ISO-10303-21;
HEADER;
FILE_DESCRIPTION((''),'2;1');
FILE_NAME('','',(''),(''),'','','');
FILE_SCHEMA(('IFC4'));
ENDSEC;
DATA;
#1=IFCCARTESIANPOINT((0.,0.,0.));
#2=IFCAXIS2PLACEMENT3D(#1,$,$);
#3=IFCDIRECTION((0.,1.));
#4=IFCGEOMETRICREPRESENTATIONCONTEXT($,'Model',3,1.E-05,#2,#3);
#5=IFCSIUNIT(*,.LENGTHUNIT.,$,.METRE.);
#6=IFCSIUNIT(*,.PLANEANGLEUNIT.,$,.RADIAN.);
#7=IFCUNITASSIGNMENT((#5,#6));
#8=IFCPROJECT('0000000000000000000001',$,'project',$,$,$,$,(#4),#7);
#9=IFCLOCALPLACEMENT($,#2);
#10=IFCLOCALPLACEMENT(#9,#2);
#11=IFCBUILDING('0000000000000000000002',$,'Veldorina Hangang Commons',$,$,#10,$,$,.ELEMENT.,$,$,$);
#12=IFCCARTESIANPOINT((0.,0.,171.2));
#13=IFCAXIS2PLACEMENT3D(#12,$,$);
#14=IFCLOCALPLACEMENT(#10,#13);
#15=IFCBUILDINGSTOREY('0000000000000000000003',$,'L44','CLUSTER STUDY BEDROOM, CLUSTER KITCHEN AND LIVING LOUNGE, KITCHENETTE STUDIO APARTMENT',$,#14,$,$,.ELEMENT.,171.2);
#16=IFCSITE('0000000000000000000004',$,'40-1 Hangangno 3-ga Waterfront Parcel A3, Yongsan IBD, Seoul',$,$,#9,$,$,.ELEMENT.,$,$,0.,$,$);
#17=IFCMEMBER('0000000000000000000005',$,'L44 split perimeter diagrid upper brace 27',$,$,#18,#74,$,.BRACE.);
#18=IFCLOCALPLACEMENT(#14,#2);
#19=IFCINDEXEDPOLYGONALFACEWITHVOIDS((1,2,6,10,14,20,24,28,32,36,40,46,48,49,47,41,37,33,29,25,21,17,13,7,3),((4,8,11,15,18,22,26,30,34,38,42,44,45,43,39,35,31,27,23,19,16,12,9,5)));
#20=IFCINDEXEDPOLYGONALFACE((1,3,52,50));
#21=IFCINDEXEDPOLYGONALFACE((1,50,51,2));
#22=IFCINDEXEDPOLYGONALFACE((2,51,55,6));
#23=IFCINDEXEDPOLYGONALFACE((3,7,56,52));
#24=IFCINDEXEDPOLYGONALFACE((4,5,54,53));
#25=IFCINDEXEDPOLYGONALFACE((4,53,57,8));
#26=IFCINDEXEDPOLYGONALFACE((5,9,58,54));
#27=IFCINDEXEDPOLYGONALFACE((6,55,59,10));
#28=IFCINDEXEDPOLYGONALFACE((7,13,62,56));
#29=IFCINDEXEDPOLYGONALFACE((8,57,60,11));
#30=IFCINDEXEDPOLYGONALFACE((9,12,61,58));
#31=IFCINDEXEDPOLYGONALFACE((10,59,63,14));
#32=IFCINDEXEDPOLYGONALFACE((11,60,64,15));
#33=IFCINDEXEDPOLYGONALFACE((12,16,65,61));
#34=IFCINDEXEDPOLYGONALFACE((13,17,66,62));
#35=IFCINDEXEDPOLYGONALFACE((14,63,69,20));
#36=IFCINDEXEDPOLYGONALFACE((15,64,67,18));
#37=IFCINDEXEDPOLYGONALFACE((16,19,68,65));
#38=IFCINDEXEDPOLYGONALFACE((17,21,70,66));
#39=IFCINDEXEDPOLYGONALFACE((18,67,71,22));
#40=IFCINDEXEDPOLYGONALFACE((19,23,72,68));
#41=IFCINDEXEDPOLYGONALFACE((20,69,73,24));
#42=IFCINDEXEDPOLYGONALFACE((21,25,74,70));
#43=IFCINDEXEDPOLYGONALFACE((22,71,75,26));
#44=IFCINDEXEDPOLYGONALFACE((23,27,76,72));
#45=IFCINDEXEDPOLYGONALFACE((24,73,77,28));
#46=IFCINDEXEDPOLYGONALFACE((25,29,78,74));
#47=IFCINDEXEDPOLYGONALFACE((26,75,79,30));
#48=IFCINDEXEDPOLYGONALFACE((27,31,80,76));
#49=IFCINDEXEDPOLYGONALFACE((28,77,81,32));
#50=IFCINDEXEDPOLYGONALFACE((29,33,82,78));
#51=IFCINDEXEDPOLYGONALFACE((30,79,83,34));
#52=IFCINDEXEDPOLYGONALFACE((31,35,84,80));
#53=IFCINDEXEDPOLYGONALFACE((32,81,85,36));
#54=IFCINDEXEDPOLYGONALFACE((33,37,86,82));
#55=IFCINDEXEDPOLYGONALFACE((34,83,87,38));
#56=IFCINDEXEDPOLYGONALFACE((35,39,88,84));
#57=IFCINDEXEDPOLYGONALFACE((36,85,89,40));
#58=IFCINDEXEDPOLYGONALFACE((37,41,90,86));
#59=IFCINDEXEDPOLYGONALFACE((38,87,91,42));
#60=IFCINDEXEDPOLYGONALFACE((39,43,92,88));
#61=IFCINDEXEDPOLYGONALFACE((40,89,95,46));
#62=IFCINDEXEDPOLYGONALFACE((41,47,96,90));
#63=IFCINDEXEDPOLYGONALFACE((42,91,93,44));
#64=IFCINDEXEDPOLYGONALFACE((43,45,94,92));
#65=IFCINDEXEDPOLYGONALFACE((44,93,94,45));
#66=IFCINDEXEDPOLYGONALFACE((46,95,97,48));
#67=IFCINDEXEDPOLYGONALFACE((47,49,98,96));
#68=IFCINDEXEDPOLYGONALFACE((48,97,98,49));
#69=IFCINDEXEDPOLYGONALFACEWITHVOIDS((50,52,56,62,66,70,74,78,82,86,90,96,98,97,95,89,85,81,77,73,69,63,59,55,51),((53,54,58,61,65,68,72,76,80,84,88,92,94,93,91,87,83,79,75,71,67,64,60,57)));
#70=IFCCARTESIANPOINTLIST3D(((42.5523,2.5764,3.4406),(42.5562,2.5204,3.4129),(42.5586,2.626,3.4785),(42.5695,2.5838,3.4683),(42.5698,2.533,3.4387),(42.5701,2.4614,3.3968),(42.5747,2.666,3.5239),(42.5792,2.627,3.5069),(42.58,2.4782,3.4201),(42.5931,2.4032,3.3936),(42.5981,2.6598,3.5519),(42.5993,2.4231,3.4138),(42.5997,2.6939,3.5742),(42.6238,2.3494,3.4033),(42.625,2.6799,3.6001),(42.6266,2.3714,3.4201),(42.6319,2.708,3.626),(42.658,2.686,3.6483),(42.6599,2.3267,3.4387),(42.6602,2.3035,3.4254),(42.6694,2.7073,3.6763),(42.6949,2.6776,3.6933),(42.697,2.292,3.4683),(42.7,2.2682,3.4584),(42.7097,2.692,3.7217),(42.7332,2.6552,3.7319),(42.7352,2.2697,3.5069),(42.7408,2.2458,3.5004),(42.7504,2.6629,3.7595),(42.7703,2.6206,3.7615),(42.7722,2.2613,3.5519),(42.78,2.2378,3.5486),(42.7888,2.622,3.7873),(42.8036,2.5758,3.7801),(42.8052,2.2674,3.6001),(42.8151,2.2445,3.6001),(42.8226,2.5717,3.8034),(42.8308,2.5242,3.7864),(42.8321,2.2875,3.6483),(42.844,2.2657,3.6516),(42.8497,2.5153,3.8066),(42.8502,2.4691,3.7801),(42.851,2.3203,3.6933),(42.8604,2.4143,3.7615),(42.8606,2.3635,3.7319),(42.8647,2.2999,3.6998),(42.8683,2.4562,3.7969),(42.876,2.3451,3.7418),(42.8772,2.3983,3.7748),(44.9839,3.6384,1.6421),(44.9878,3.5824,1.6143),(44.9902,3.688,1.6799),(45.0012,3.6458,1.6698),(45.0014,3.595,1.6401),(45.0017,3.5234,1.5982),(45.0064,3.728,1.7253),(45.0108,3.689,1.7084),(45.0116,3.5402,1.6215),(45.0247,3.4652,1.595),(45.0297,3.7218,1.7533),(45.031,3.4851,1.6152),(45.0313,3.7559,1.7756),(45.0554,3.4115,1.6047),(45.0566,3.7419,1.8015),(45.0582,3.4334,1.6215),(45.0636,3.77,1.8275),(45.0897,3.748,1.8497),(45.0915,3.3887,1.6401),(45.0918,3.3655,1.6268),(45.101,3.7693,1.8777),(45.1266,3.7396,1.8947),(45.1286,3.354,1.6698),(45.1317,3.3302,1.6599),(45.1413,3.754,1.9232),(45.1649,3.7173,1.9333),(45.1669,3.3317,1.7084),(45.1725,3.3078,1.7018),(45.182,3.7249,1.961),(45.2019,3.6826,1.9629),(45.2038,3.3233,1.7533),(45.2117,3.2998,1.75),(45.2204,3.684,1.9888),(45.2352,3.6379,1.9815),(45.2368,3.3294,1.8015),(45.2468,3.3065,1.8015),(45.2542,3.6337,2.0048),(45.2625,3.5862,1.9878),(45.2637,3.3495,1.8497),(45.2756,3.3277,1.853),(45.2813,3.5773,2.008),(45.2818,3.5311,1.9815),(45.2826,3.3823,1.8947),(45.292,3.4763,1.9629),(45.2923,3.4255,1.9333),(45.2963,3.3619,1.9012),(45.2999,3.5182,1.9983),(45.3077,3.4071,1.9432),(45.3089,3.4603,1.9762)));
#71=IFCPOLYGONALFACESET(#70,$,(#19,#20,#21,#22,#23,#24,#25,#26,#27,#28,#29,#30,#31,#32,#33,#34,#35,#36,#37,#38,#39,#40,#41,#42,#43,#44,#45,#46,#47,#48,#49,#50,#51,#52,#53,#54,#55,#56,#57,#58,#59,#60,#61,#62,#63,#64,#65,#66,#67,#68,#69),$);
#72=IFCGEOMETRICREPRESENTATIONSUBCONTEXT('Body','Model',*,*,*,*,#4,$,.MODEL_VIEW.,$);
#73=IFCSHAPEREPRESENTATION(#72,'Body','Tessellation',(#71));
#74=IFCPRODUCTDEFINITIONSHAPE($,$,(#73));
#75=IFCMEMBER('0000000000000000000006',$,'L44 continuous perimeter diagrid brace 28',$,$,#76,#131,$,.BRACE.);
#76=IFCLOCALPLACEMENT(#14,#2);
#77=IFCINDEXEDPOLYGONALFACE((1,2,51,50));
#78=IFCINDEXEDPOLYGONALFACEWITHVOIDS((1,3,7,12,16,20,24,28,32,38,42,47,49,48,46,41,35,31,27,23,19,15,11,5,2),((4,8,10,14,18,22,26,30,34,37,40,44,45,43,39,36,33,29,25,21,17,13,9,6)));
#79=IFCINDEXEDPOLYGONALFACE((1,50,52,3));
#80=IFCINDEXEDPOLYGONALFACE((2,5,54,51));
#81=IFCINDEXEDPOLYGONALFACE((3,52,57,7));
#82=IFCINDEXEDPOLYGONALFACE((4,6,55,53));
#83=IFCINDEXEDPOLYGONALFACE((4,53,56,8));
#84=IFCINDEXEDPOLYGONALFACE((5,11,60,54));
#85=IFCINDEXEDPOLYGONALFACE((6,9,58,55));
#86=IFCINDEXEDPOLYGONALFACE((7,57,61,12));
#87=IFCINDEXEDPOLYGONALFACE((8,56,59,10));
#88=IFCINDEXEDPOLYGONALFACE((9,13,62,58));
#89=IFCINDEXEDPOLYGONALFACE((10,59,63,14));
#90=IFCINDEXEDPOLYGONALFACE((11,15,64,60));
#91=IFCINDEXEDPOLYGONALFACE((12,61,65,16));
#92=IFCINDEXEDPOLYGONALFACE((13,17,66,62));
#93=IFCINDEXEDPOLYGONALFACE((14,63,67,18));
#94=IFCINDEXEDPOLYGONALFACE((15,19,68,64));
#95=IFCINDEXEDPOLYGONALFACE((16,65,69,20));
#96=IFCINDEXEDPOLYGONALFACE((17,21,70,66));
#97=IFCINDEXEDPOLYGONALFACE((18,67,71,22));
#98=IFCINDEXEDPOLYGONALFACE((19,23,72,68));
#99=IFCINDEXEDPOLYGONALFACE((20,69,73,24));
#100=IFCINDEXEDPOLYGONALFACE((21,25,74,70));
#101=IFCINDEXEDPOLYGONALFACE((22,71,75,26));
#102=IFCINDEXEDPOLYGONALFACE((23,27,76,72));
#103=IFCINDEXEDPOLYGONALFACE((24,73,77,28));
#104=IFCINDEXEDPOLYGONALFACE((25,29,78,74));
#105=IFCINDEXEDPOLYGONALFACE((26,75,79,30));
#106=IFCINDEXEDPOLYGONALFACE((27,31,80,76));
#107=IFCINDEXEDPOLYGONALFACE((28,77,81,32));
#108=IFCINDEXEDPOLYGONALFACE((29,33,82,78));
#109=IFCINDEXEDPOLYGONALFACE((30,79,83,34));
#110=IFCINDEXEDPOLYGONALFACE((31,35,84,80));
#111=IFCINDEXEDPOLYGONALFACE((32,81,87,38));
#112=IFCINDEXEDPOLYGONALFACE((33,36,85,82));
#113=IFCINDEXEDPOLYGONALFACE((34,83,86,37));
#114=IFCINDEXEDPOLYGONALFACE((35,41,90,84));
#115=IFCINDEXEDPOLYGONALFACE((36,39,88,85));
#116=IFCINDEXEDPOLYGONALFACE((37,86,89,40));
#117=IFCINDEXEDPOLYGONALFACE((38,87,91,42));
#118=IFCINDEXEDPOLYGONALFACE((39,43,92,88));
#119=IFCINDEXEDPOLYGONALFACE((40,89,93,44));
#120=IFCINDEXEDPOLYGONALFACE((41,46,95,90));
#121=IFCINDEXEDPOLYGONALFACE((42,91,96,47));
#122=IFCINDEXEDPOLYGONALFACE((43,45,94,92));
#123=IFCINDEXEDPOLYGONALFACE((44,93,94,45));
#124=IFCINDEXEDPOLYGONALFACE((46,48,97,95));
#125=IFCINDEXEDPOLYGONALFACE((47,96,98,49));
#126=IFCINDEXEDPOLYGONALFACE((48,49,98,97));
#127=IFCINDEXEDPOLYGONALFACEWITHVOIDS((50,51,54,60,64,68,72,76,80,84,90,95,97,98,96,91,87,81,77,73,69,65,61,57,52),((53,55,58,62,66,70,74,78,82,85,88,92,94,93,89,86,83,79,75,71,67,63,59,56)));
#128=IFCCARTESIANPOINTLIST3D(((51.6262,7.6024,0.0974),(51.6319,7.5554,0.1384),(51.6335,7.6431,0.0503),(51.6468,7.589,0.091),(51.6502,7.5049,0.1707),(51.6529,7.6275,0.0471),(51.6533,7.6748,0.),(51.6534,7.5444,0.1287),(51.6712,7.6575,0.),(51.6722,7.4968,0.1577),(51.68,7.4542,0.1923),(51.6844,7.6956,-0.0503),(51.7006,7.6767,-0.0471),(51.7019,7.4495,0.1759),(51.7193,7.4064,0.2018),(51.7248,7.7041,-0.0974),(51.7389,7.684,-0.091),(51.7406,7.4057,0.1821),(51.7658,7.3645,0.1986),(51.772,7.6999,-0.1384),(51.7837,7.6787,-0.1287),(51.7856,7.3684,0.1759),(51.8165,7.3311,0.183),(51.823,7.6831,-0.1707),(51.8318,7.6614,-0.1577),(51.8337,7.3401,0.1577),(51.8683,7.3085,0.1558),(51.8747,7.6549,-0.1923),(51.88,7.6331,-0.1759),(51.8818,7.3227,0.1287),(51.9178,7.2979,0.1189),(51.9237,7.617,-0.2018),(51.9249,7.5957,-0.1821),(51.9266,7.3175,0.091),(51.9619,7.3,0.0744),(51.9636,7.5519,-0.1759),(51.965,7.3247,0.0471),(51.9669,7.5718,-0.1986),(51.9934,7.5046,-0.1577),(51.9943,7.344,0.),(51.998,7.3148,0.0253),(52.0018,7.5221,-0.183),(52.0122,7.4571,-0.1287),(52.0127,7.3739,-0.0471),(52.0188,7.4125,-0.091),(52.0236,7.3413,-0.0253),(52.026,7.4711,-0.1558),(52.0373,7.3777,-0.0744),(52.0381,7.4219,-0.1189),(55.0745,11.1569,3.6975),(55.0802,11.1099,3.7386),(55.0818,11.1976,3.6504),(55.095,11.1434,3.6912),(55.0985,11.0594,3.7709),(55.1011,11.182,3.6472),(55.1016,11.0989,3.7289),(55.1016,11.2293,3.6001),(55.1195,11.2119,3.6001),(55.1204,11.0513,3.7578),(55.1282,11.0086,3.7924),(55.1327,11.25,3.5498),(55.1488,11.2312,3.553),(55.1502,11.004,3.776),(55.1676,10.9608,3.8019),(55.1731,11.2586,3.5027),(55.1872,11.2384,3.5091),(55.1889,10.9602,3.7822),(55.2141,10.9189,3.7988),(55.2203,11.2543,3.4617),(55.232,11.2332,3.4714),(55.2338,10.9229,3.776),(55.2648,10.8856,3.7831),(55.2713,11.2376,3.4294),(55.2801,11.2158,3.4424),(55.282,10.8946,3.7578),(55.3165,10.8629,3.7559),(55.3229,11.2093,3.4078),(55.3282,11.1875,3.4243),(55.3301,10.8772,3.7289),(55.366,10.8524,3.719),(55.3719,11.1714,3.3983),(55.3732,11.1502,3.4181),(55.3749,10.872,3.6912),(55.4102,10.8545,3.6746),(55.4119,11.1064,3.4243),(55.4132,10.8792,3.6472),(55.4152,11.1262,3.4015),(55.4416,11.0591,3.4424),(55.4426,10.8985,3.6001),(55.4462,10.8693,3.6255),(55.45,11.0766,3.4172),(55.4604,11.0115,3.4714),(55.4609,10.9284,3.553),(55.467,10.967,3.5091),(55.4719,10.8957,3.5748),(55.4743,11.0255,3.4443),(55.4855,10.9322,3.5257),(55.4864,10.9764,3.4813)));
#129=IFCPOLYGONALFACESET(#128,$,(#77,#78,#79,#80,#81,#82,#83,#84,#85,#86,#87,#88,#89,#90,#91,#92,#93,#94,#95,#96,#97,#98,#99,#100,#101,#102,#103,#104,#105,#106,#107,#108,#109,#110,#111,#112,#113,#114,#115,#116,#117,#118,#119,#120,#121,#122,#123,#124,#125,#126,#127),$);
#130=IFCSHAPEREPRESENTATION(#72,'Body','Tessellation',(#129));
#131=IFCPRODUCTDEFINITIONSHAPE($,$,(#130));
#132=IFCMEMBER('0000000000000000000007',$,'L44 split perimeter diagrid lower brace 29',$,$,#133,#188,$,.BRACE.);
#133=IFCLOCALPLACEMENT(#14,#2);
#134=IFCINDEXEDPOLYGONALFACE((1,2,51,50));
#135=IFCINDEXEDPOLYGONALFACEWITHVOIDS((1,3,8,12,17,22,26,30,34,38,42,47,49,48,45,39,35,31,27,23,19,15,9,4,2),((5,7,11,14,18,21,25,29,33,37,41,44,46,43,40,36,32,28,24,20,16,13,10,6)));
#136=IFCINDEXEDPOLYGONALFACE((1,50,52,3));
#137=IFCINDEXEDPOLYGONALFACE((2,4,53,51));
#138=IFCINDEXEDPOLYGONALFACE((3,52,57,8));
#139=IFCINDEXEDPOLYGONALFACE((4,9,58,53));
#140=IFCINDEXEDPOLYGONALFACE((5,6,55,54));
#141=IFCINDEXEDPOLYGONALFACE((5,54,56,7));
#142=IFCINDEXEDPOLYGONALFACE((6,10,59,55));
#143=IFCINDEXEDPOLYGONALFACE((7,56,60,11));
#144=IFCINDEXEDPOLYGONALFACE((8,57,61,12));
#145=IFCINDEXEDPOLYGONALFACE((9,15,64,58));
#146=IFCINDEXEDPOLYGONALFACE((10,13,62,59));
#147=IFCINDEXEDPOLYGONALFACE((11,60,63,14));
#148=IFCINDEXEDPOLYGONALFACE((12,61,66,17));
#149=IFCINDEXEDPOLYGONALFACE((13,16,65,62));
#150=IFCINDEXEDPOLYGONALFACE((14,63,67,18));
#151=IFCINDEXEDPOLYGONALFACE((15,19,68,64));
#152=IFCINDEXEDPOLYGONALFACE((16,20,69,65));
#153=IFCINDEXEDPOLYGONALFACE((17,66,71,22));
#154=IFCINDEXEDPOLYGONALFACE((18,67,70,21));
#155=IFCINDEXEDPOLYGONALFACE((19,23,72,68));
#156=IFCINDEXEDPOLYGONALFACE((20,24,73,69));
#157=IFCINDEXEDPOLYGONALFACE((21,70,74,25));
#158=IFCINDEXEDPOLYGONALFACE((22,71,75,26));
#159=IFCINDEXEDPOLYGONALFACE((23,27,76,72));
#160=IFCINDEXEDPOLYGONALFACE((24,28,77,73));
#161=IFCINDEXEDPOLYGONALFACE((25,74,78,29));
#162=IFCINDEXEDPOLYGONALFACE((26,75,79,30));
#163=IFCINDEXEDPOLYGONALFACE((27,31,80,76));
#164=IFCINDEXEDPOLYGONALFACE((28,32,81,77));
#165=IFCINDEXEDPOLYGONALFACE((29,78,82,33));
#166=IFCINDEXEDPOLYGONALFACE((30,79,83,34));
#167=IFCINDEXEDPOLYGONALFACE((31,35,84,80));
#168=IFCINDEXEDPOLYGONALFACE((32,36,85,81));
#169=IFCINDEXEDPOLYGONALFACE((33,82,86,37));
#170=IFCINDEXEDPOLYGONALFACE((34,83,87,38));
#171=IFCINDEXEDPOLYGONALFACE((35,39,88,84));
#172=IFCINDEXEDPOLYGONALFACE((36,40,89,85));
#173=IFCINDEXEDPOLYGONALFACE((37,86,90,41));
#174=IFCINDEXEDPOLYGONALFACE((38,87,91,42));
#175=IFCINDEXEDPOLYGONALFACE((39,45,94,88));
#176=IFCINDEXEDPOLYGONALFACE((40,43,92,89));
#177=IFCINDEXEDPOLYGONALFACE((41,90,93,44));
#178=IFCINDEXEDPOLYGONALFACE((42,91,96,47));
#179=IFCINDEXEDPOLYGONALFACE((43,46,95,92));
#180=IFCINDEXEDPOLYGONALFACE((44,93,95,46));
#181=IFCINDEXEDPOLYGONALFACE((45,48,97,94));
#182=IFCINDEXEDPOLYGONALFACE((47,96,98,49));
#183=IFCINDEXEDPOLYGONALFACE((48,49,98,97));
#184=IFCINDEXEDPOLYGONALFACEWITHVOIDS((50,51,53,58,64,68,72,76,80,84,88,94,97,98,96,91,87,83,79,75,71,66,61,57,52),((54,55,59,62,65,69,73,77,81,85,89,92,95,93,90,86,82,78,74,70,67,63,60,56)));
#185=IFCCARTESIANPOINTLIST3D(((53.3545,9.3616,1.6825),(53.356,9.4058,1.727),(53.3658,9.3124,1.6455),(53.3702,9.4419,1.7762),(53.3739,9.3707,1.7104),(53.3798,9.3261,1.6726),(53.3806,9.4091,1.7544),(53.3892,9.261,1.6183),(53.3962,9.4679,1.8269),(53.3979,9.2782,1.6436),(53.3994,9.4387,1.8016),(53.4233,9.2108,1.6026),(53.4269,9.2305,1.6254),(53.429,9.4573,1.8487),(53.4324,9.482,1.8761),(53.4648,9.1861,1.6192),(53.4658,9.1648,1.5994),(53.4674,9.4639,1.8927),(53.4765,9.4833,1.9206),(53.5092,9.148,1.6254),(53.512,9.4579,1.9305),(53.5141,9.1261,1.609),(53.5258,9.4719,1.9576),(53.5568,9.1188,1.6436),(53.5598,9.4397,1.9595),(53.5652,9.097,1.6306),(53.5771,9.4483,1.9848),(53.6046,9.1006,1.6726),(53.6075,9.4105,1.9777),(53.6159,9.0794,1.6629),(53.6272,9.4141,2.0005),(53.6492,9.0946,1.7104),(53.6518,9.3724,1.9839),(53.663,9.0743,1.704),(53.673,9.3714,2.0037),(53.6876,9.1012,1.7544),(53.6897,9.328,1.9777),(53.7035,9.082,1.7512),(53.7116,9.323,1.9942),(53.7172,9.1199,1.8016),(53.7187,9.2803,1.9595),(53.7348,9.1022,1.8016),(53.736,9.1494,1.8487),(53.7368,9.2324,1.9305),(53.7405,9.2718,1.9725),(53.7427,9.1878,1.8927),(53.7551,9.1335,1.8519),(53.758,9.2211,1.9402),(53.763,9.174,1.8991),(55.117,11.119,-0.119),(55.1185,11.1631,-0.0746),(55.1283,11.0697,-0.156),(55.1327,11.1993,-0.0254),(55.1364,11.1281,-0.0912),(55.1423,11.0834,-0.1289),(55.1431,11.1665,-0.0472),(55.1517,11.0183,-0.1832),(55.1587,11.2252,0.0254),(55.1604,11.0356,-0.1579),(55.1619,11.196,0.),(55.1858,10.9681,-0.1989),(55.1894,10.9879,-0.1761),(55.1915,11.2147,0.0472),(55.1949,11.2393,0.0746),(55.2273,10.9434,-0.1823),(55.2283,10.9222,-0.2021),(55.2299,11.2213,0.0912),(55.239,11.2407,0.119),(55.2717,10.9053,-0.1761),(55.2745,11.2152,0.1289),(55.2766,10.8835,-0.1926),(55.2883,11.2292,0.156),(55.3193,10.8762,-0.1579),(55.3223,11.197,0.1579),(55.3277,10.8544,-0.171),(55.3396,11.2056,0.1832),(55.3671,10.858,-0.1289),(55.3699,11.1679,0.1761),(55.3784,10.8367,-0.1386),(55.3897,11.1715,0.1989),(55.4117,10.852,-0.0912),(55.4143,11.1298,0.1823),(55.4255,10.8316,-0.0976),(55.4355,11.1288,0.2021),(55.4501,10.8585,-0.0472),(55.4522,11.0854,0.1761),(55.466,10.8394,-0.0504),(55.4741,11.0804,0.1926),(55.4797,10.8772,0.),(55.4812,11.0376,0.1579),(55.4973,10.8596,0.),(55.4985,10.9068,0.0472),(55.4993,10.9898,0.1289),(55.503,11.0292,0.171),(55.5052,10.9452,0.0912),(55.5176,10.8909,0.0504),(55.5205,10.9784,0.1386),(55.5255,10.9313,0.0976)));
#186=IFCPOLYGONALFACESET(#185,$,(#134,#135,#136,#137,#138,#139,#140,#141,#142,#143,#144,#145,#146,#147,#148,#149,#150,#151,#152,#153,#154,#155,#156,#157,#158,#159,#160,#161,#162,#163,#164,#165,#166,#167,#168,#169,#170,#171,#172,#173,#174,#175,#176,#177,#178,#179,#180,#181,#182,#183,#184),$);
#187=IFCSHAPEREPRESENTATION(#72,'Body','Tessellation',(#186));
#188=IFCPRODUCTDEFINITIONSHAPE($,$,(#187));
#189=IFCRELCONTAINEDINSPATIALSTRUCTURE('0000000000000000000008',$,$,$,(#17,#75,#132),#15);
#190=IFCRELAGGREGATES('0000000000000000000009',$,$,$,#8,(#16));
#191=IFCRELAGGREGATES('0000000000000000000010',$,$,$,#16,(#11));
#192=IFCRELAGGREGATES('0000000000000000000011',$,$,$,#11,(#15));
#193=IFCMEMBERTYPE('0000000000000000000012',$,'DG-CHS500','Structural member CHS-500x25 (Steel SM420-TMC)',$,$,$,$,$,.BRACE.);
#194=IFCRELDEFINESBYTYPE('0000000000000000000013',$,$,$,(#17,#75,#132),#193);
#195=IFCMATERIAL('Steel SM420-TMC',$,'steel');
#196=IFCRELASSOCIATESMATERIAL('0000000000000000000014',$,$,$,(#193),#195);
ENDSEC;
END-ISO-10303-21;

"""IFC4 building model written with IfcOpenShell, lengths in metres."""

from ifc_helpers import new_model, si_unit, direction, frame, origin, origin_2d, place, context, subcontext, project, spatial, hollow_circle, extrude, material, material_profile, profile_set, type_object, element, save


model = new_model("IFC4")

# Units and contexts
model_context = context("Model", 3, precision=1e-05, world=origin(), true_north=direction((0.0, 1.0)))
body_context = subcontext(model_context, "Body", "Model", "MODEL_VIEW")
ifc_project = project(units=[si_unit("LENGTHUNIT", "METRE"), si_unit("PLANEANGLEUNIT", "RADIAN")], contexts=[model_context])

# Site, building, storey
site_placement = place(None, origin())
site = spatial("IfcSite", under=ifc_project, at=site_placement, Name="40-1 Hangangno 3-ga Waterfront Parcel A3, Yongsan IBD, Seoul", CompositionType="ELEMENT", RefElevation=0.0)
building_placement = place(site_placement, origin())
building = spatial("IfcBuilding", under=site, at=building_placement, Name="Veldorina Hangang Commons", CompositionType="ELEMENT")
storey_placement = place(building_placement, frame((0.0, 0.0, 171.2)))
storey = spatial("IfcBuildingStorey", under=building, at=storey_placement, Name="L44", Description="CLUSTER STUDY BEDROOM, CLUSTER KITCHEN AND LIVING LOUNGE, KITCHENETTE STUDIO APARTMENT", CompositionType="ELEMENT", Elevation=171.2)

# Shared definitions
ifc_material_1 = material(Name="Steel SM420-TMC", Category="steel")

# Members
ifc_material_profile_1 = material_profile(ifc_material_1, hollow_circle(Radius=0.25, WallThickness=0.0249, at=origin_2d()), Name="CHS-500x25")
ifc_profile_set_1 = profile_set([ifc_material_profile_1], Name="Steel SM420-TMC")
member_type_1 = type_object("IfcMemberType", Name="DG-CHS500", Description="Structural member CHS-500x25 (Steel SM420-TMC)", PredefinedType="BRACE", material=ifc_profile_set_1)
member_1_placement = place(storey_placement, frame((45.1467, 3.5356, 1.8015), z_axis=(-0.758568, -0.331302, 0.561082), x_axis=(0.40024, -0.916411, 0.0)))
element("IfcMember", 1, at=member_1_placement, inside=storey, type_object=member_type_1, Name="L44 split perimeter diagrid upper brace 27", PredefinedType="BRACE", context=body_context, shape_type="SweptSolid", body=[
    extrude(hollow_circle(Radius=0.25, WallThickness=0.0249, at=origin_2d()), origin(), (0.0, 0.0, 1.0), 3.2056),
])
member_2_placement = place(storey_placement, frame((51.8328, 7.5007, 0.0), z_axis=(0.563207, 0.580553, 0.58801), x_axis=(-0.717748, 0.696303, 0.0)))
element("IfcMember", 2, at=member_2_placement, inside=storey, type_object=member_type_1, Name="L44 continuous perimeter diagrid brace 28", PredefinedType="BRACE", context=body_context, shape_type="SweptSolid", body=[
    extrude(hollow_circle(Radius=0.25, WallThickness=0.0249, at=origin_2d()), origin(), (0.0, 0.0, 1.0), 6.1226),
])
member_3_placement = place(storey_placement, frame((55.3208, 11.0366, 0.0), z_axis=(-0.573633, -0.571964, 0.586347), x_axis=(0.706076, -0.708136, 0.0)))
element("IfcMember", 3, at=member_3_placement, inside=storey, type_object=member_type_1, Name="L44 split perimeter diagrid lower brace 29", PredefinedType="BRACE", context=body_context, shape_type="SweptSolid", body=[
    extrude(hollow_circle(Radius=0.25, WallThickness=0.0249, at=origin_2d()), origin(), (0.0, 0.0, 1.0), 3.0725),
])

save(model, "model.ifc")
